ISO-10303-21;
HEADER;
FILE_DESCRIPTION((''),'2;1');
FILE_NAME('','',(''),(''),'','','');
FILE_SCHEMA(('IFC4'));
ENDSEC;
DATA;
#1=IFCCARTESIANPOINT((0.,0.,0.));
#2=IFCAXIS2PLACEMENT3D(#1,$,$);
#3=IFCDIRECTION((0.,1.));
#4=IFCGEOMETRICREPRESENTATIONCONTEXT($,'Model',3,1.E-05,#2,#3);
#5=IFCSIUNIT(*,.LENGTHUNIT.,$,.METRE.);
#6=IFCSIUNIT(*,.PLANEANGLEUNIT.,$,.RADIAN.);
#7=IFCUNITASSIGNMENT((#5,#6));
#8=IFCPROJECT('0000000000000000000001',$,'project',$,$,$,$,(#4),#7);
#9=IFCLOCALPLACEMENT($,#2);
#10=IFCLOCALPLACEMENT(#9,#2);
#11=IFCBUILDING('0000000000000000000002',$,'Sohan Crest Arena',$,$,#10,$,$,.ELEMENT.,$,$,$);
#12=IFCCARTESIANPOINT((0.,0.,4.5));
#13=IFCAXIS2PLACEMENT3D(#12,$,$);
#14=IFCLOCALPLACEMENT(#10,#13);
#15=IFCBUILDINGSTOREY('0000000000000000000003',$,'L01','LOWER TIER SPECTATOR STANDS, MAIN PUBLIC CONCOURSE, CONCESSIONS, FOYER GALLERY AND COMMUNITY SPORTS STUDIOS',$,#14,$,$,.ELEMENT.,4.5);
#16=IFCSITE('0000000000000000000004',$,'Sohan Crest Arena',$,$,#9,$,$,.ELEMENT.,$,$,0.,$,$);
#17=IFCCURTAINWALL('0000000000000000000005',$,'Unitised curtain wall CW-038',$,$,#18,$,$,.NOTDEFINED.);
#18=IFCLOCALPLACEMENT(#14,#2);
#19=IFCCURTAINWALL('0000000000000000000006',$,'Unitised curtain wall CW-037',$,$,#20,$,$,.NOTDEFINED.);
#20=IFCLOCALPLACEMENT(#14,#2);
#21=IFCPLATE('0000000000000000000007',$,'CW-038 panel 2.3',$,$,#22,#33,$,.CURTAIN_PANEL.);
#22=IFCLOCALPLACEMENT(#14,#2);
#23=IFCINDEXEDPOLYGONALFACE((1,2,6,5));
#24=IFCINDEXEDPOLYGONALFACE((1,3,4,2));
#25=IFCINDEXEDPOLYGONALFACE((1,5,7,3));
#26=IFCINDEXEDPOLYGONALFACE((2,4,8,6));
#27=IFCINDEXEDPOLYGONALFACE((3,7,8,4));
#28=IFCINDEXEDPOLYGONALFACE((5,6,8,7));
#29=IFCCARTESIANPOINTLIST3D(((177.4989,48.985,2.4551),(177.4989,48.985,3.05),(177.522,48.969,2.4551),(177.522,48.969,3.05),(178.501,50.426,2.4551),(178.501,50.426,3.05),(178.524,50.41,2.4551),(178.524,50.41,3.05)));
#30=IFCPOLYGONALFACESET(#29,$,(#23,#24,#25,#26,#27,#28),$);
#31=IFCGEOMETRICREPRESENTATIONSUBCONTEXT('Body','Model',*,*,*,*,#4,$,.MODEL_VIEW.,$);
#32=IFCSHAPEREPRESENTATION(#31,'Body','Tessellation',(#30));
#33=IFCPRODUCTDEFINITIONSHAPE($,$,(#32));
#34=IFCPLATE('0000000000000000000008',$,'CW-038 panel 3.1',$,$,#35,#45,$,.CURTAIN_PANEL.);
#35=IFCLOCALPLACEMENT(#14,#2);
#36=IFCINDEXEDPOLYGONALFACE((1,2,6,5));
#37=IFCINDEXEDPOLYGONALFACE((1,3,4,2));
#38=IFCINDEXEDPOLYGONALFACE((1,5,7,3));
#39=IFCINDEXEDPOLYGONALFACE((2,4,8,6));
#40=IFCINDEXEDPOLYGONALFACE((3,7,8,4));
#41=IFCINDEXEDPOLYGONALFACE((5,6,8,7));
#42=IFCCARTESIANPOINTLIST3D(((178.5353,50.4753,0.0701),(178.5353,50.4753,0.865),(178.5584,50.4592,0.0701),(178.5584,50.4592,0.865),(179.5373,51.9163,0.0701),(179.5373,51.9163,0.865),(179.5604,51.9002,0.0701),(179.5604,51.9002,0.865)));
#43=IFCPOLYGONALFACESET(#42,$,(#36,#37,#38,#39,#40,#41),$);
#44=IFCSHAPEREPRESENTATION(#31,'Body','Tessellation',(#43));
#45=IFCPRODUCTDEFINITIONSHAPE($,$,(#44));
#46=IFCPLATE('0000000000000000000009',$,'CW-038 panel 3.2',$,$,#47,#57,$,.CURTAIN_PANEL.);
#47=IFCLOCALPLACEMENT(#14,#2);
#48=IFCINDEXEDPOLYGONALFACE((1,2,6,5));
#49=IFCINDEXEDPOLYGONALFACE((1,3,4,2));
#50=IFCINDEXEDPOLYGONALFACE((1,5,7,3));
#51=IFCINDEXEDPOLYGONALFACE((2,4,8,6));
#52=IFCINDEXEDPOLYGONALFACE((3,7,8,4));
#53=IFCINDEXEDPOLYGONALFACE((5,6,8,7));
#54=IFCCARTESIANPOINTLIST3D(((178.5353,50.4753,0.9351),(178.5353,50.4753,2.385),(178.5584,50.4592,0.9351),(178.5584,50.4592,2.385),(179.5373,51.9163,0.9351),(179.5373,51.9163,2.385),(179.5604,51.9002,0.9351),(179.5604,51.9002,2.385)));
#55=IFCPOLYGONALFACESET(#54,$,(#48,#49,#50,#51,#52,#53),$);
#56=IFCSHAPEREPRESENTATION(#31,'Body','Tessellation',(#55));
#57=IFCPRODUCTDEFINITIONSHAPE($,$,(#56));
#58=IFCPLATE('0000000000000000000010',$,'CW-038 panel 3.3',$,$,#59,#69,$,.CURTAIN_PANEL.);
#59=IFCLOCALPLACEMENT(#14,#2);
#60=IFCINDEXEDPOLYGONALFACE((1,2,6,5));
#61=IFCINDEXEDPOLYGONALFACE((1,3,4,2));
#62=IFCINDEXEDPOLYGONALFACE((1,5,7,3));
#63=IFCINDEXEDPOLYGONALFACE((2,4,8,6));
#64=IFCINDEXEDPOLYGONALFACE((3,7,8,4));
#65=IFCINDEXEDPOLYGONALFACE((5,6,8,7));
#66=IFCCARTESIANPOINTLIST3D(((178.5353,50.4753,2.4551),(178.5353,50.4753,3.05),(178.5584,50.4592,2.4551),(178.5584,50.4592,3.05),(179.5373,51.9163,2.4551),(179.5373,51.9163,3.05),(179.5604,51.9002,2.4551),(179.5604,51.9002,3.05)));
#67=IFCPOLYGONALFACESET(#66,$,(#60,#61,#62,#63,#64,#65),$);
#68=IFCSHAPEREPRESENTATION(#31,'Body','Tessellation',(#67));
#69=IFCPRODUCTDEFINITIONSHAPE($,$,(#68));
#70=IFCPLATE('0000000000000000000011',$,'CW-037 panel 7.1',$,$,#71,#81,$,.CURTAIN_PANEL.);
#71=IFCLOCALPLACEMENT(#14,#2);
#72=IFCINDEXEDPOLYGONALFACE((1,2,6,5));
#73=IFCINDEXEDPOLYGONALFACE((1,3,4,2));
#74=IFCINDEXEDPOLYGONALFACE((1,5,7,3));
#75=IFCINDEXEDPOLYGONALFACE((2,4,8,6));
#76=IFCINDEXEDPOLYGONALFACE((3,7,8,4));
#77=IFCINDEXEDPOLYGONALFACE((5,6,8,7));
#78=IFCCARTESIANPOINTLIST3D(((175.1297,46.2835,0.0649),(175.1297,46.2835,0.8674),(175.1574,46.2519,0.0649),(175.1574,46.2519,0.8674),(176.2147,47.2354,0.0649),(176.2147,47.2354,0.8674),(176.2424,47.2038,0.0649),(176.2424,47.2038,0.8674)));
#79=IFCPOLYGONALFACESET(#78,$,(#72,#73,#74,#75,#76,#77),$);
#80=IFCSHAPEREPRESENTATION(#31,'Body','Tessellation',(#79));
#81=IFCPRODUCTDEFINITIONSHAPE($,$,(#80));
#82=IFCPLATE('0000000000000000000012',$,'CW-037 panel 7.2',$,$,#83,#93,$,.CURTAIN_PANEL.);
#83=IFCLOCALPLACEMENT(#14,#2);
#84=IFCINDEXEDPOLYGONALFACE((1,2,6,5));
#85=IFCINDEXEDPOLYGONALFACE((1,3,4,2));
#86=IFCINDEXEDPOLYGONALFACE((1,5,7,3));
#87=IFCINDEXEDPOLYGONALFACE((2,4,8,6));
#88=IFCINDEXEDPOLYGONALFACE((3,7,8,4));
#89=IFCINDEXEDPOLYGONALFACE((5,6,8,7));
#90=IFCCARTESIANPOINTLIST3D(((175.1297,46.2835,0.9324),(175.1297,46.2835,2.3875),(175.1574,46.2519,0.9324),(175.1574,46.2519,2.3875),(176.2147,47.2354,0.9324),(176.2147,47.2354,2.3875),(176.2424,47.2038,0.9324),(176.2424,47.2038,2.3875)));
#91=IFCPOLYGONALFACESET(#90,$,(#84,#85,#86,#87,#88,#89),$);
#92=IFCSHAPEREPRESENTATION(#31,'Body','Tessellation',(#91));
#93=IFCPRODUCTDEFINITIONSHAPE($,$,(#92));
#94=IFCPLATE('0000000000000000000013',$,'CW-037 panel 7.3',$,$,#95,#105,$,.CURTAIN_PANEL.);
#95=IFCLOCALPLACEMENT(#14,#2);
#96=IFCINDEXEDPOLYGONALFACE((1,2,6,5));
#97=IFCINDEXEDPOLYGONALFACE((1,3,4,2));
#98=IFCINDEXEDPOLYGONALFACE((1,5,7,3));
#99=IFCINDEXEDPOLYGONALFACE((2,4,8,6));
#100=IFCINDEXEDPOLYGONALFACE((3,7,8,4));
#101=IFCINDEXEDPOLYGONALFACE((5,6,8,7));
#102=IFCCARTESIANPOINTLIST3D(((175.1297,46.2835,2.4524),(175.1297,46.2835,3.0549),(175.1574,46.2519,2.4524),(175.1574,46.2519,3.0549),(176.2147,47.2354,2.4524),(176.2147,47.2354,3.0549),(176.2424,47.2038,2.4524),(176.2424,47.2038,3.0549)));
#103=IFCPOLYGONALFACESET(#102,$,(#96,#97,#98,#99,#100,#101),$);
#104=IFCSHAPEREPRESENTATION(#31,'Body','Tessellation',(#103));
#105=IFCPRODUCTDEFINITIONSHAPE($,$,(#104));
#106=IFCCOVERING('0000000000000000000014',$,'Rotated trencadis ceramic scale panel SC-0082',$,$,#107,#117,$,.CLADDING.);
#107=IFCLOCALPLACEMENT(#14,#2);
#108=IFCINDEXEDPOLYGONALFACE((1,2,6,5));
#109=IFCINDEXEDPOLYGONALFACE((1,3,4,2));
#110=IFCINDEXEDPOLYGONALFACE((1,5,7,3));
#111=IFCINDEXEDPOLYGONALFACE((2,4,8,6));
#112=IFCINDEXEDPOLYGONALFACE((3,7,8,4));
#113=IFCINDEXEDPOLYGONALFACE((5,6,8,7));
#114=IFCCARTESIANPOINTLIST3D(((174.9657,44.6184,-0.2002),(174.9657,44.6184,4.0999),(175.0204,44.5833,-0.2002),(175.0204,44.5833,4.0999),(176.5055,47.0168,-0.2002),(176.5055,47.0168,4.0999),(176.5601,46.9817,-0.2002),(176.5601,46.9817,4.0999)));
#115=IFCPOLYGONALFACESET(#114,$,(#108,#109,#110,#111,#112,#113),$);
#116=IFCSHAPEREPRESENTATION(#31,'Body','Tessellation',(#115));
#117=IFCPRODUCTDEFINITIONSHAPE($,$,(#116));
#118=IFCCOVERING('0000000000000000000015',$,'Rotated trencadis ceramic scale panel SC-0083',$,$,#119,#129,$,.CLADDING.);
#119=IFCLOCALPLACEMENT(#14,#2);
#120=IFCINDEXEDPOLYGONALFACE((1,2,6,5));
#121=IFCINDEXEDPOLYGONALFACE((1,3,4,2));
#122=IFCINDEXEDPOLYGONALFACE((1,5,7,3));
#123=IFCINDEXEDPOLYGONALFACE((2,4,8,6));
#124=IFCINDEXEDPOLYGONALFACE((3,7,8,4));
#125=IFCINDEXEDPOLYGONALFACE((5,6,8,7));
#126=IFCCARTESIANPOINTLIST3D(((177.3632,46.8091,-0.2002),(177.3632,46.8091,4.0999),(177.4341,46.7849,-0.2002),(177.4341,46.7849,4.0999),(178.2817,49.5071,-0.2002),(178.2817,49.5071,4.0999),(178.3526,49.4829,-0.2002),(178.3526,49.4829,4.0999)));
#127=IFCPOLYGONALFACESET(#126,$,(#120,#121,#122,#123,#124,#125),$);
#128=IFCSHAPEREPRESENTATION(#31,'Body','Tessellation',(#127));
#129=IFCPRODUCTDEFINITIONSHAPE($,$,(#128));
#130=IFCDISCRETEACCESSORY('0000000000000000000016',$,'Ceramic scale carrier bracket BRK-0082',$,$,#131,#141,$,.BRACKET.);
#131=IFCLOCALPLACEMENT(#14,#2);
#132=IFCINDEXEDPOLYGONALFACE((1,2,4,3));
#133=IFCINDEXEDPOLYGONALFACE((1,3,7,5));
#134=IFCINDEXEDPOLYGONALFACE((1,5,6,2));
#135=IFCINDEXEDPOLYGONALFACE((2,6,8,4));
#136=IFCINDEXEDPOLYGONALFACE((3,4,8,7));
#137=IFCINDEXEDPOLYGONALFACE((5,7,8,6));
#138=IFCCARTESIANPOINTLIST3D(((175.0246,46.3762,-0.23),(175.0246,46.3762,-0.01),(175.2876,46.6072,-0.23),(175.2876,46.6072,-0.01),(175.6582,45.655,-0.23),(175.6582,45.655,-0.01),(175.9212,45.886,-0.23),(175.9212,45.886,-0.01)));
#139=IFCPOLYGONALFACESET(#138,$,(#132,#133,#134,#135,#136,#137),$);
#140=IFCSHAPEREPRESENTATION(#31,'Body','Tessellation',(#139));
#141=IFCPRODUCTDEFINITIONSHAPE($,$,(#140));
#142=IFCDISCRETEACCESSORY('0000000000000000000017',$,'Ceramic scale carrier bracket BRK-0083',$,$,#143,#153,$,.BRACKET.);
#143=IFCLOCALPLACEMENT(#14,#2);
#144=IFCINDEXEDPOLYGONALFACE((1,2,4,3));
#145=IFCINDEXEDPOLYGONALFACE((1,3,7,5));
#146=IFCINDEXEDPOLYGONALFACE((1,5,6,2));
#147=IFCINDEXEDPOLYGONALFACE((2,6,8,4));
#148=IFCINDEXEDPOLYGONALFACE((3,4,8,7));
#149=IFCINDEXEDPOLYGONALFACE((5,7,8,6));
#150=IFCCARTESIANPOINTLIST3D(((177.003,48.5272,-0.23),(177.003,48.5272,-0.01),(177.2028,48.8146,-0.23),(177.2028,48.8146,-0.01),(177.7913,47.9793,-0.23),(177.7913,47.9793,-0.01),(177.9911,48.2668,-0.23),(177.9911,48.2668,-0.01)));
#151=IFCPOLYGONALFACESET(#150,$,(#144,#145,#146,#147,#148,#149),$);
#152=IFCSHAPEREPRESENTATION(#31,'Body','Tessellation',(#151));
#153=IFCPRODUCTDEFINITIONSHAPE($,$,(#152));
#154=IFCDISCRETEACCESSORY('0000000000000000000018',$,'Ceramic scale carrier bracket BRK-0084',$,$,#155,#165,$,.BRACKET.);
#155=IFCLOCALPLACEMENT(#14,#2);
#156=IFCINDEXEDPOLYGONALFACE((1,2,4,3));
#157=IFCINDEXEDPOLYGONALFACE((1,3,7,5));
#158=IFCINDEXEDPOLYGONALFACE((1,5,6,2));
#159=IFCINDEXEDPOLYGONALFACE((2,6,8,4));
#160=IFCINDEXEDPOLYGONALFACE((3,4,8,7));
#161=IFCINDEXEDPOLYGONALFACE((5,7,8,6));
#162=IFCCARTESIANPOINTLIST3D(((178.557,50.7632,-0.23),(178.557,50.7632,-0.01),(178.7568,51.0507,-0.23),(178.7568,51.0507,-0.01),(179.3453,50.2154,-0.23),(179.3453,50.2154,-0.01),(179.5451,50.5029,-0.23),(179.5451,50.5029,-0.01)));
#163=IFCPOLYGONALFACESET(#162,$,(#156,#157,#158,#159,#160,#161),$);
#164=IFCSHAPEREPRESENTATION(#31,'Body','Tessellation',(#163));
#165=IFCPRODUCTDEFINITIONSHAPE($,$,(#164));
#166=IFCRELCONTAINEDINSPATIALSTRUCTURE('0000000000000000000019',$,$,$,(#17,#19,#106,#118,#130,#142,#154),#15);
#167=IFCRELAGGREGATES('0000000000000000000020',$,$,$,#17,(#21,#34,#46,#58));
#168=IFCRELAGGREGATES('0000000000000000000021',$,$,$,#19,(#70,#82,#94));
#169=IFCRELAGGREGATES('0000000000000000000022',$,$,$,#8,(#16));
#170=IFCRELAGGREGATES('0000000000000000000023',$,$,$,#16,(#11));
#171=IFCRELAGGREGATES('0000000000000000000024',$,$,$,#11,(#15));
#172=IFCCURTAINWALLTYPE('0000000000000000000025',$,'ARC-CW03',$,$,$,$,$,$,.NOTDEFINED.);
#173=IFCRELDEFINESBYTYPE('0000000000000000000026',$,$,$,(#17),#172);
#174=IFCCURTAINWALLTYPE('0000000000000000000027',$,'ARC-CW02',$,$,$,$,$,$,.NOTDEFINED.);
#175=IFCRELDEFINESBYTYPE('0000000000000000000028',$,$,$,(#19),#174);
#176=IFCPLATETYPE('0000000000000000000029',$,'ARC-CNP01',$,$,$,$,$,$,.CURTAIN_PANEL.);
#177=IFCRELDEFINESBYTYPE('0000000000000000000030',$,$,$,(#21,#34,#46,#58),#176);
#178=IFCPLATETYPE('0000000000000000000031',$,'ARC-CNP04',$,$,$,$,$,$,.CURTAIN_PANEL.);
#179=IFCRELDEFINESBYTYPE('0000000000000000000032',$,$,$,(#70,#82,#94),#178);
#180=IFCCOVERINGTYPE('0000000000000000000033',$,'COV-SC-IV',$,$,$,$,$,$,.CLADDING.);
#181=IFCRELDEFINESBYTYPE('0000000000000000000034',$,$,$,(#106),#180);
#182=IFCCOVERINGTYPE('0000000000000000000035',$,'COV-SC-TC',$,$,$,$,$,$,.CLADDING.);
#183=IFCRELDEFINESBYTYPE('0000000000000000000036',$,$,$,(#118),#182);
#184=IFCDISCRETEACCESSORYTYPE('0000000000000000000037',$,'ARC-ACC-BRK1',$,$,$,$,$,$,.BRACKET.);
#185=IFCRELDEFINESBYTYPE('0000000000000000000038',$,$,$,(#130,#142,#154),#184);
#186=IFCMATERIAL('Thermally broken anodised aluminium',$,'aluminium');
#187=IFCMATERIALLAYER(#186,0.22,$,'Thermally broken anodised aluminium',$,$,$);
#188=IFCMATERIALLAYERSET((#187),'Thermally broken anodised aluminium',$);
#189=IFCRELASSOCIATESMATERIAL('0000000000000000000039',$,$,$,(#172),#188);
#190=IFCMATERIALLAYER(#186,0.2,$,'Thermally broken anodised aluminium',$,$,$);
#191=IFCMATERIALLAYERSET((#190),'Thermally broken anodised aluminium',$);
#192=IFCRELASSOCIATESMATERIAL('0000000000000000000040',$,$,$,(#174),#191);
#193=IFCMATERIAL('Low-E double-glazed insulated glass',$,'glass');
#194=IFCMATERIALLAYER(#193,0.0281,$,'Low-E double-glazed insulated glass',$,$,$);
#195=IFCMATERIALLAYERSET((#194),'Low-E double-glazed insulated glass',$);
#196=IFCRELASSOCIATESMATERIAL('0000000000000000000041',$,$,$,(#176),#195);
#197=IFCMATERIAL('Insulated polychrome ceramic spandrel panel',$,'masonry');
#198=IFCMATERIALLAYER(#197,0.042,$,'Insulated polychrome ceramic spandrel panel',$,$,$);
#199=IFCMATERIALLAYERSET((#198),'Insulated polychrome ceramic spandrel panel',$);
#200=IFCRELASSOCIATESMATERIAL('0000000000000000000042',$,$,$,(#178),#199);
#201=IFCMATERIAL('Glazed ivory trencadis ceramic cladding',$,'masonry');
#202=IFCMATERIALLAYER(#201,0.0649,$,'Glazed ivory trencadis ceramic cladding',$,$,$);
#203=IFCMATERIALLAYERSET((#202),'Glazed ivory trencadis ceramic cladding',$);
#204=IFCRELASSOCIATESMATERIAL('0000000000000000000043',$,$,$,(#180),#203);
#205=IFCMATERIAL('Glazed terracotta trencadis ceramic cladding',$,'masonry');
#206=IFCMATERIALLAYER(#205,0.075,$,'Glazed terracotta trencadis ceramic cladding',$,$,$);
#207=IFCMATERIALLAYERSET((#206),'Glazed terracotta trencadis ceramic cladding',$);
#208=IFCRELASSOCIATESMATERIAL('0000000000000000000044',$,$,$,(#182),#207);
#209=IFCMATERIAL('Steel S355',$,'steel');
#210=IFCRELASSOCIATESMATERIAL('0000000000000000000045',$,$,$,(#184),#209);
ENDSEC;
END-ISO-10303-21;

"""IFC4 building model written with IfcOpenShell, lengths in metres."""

from ifc_helpers import new_model, si_unit, direction, frame, origin, origin_2d, place, context, subcontext, project, spatial, rectangle, extrude, material, layer, layer_set, type_object, element, aggregate, save


model = new_model("IFC4")

# Units and contexts
model_context = context("Model", 3, precision=1e-05, world=origin(), true_north=direction((0.0, 1.0)))
body_context = subcontext(model_context, "Body", "Model", "MODEL_VIEW")
ifc_project = project(units=[si_unit("LENGTHUNIT", "METRE"), si_unit("PLANEANGLEUNIT", "RADIAN")], contexts=[model_context])

# Site, building, storey
site_placement = place(None, origin())
site = spatial("IfcSite", under=ifc_project, at=site_placement, Name="Sohan Crest Arena", CompositionType="ELEMENT", RefElevation=0.0)
building_placement = place(site_placement, origin())
building = spatial("IfcBuilding", under=site, at=building_placement, Name="Sohan Crest Arena", CompositionType="ELEMENT")
storey_placement = place(building_placement, frame((0.0, 0.0, 4.5)))
storey = spatial("IfcBuildingStorey", under=building, at=storey_placement, Name="L01", Description="LOWER TIER SPECTATOR STANDS, MAIN PUBLIC CONCOURSE, CONCESSIONS, FOYER GALLERY AND COMMUNITY SPORTS STUDIOS", CompositionType="ELEMENT", Elevation=4.5)

# Shared definitions
ifc_material_1 = material(Name="Steel S355", Category="steel")

# Curtain walls
ifc_material_2 = material(Name="Thermally broken anodised aluminium", Category="aluminium")
ifc_layer_1 = layer(ifc_material_2, 0.22, Name="Thermally broken anodised aluminium")
ifc_layer_set_1 = layer_set([ifc_layer_1], Name="Thermally broken anodised aluminium")
curtain_wall_type_1 = type_object("IfcCurtainWallType", Name="ARC-CW03", PredefinedType="NOTDEFINED", material=ifc_layer_set_1)
curtain_wall_1_placement = place(storey_placement, origin())
curtain_wall_1 = element("IfcCurtainWall", 1, at=curtain_wall_1_placement, inside=storey, type_object=curtain_wall_type_1, Name="Unitised curtain wall CW-038", PredefinedType="NOTDEFINED")
ifc_layer_2 = layer(ifc_material_2, 0.2, Name="Thermally broken anodised aluminium")
ifc_layer_set_2 = layer_set([ifc_layer_2], Name="Thermally broken anodised aluminium")
curtain_wall_type_2 = type_object("IfcCurtainWallType", Name="ARC-CW02", PredefinedType="NOTDEFINED", material=ifc_layer_set_2)
curtain_wall_2_placement = place(storey_placement, origin())
curtain_wall_2 = element("IfcCurtainWall", 2, at=curtain_wall_2_placement, inside=storey, type_object=curtain_wall_type_2, Name="Unitised curtain wall CW-037", PredefinedType="NOTDEFINED")

# Plates
ifc_material_3 = material(Name="Low-E double-glazed insulated glass", Category="glass")
ifc_layer_3 = layer(ifc_material_3, 0.0281, Name="Low-E double-glazed insulated glass")
ifc_layer_set_3 = layer_set([ifc_layer_3], Name="Low-E double-glazed insulated glass")
plate_type_1 = type_object("IfcPlateType", Name="ARC-CNP01", PredefinedType="CURTAIN_PANEL", material=ifc_layer_set_3)
plate_1_placement = place(storey_placement, frame((178.0115, 49.6975, 2.4551), z_axis=(0.0, 0.0, 1.0), x_axis=(0.570908, 0.821014, 0.0)))
plate_1 = element("IfcPlate", 3, at=plate_1_placement, type_object=plate_type_1, Name="CW-038 panel 2.3", PredefinedType="CURTAIN_PANEL", context=body_context, shape_type="SweptSolid", body=[
    extrude(rectangle(XDim=1.7551, YDim=0.0281, at=origin_2d()), origin(), (0.0, 0.0, 1.0), 0.595),
])
plate_2_placement = place(storey_placement, frame((179.0479, 51.1877, 0.0701), z_axis=(0.0, 0.0, 1.0), x_axis=(0.570908, 0.821014, 0.0)))
plate_2 = element("IfcPlate", 4, at=plate_2_placement, type_object=plate_type_1, Name="CW-038 panel 3.1", PredefinedType="CURTAIN_PANEL", context=body_context, shape_type="SweptSolid", body=[
    extrude(rectangle(XDim=1.7551, YDim=0.0281, at=origin_2d()), origin(), (0.0, 0.0, 1.0), 0.7949),
])
plate_3_placement = place(storey_placement, frame((179.0479, 51.1877, 0.9351), z_axis=(0.0, 0.0, 1.0), x_axis=(0.570908, 0.821014, 0.0)))
plate_3 = element("IfcPlate", 5, at=plate_3_placement, type_object=plate_type_1, Name="CW-038 panel 3.2", PredefinedType="CURTAIN_PANEL", context=body_context, shape_type="SweptSolid", body=[
    extrude(rectangle(XDim=1.7551, YDim=0.0281, at=origin_2d()), origin(), (0.0, 0.0, 1.0), 1.45),
])
plate_4_placement = place(storey_placement, frame((179.0479, 51.1877, 2.4551), z_axis=(0.0, 0.0, 1.0), x_axis=(0.570908, 0.821014, 0.0)))
plate_4 = element("IfcPlate", 6, at=plate_4_placement, type_object=plate_type_1, Name="CW-038 panel 3.3", PredefinedType="CURTAIN_PANEL", context=body_context, shape_type="SweptSolid", body=[
    extrude(rectangle(XDim=1.7551, YDim=0.0281, at=origin_2d()), origin(), (0.0, 0.0, 1.0), 0.595),
])
aggregate(curtain_wall_1, [plate_1, plate_2, plate_3, plate_4])
ifc_material_4 = material(Name="Insulated polychrome ceramic spandrel panel", Category="masonry")
ifc_layer_4 = layer(ifc_material_4, 0.042, Name="Insulated polychrome ceramic spandrel panel")
ifc_layer_set_4 = layer_set([ifc_layer_4], Name="Insulated polychrome ceramic spandrel panel")
plate_type_2 = type_object("IfcPlateType", Name="ARC-CNP04", PredefinedType="CURTAIN_PANEL", material=ifc_layer_set_4)
plate_5_placement = place(storey_placement, frame((175.686, 46.7437, 0.0649), z_axis=(0.0, 0.0, 1.0), x_axis=(0.751694, 0.659512, 0.0)))
plate_5 = element("IfcPlate", 7, at=plate_5_placement, type_object=plate_type_2, Name="CW-037 panel 7.1", PredefinedType="CURTAIN_PANEL", context=body_context, shape_type="SweptSolid", body=[
    extrude(rectangle(XDim=1.4434, YDim=0.042, at=origin_2d()), origin(), (0.0, 0.0, 1.0), 0.8025),
])
plate_6_placement = place(storey_placement, frame((175.686, 46.7437, 0.9324), z_axis=(0.0, 0.0, 1.0), x_axis=(0.751694, 0.659512, 0.0)))
plate_6 = element("IfcPlate", 8, at=plate_6_placement, type_object=plate_type_2, Name="CW-037 panel 7.2", PredefinedType="CURTAIN_PANEL", context=body_context, shape_type="SweptSolid", body=[
    extrude(rectangle(XDim=1.4434, YDim=0.042, at=origin_2d()), origin(), (0.0, 0.0, 1.0), 1.4551),
])
plate_7_placement = place(storey_placement, frame((175.686, 46.7437, 2.4524), z_axis=(0.0, 0.0, 1.0), x_axis=(0.751694, 0.659512, 0.0)))
plate_7 = element("IfcPlate", 9, at=plate_7_placement, type_object=plate_type_2, Name="CW-037 panel 7.3", PredefinedType="CURTAIN_PANEL", context=body_context, shape_type="SweptSolid", body=[
    extrude(rectangle(XDim=1.4434, YDim=0.042, at=origin_2d()), origin(), (0.0, 0.0, 1.0), 0.6025),
])
aggregate(curtain_wall_2, [plate_5, plate_6, plate_7])

# Coverings
ifc_material_5 = material(Name="Glazed ivory trencadis ceramic cladding", Category="masonry")
ifc_layer_5 = layer(ifc_material_5, 0.0649, Name="Glazed ivory trencadis ceramic cladding")
ifc_layer_set_5 = layer_set([ifc_layer_5], Name="Glazed ivory trencadis ceramic cladding")
covering_type_1 = type_object("IfcCoveringType", Name="COV-SC-IV", PredefinedType="CLADDING", material=ifc_layer_set_5)
covering_1_placement = place(storey_placement, frame((175.7629, 45.8, -0.2002), z_axis=(0.0, 0.0, 1.0), x_axis=(0.54024, 0.841511, 0.0)))
element("IfcCovering", 10, at=covering_1_placement, inside=storey, type_object=covering_type_1, Name="Rotated trencadis ceramic scale panel SC-0082", PredefinedType="CLADDING", context=body_context, shape_type="SweptSolid", body=[
    extrude(rectangle(XDim=2.8501, YDim=0.0649, at=origin_2d()), origin(), (0.0, 0.0, 1.0), 4.3),
])
ifc_material_6 = material(Name="Glazed terracotta trencadis ceramic cladding", Category="masonry")
ifc_layer_6 = layer(ifc_material_6, 0.075, Name="Glazed terracotta trencadis ceramic cladding")
ifc_layer_set_6 = layer_set([ifc_layer_6], Name="Glazed terracotta trencadis ceramic cladding")
covering_type_2 = type_object("IfcCoveringType", Name="COV-SC-TC", PredefinedType="CLADDING", material=ifc_layer_set_6)
covering_2_placement = place(storey_placement, frame((177.8579, 48.146, -0.2002), z_axis=(0.0, 0.0, 1.0), x_axis=(0.322266, 0.946649, 0.0)))
element("IfcCovering", 11, at=covering_2_placement, inside=storey, type_object=covering_type_2, Name="Rotated trencadis ceramic scale panel SC-0083", PredefinedType="CLADDING", context=body_context, shape_type="SweptSolid", body=[
    extrude(rectangle(XDim=2.8501, YDim=0.075, at=origin_2d()), origin(), (0.0, 0.0, 1.0), 4.3),
])

# Discrete accessories
discrete_accessory_type = type_object("IfcDiscreteAccessoryType", Name="ARC-ACC-BRK1", PredefinedType="BRACKET", material=ifc_material_1)
for number, where, z_axis, x_axis, name in (
    (12, (175.4729, 46.1311, -0.23), (0.0, 0.0, 1.0), (0.751264, 0.660002, 0.0), "Ceramic scale carrier bracket BRK-0082"),
    (13, (177.4971, 48.397, -0.23), (0.0, 0.0, 1.0), (0.570714, 0.821149, 0.0), "Ceramic scale carrier bracket BRK-0083"),
    (14, (179.051, 50.6331, -0.23), (0.0, 0.0, 1.0), (0.570714, 0.821149, 0.0), "Ceramic scale carrier bracket BRK-0084"),
):
    element("IfcDiscreteAccessory", number, at=place(storey_placement, frame(where, z_axis=z_axis, x_axis=x_axis)), inside=storey, type_object=discrete_accessory_type, Name=name, PredefinedType="BRACKET", context=body_context, shape_type="SweptSolid", body=[
        extrude(rectangle(XDim=0.3501, YDim=0.96, at=origin_2d()), origin(), (0.0, 0.0, 1.0), 0.22),
    ])

save(model, "model.ifc")
